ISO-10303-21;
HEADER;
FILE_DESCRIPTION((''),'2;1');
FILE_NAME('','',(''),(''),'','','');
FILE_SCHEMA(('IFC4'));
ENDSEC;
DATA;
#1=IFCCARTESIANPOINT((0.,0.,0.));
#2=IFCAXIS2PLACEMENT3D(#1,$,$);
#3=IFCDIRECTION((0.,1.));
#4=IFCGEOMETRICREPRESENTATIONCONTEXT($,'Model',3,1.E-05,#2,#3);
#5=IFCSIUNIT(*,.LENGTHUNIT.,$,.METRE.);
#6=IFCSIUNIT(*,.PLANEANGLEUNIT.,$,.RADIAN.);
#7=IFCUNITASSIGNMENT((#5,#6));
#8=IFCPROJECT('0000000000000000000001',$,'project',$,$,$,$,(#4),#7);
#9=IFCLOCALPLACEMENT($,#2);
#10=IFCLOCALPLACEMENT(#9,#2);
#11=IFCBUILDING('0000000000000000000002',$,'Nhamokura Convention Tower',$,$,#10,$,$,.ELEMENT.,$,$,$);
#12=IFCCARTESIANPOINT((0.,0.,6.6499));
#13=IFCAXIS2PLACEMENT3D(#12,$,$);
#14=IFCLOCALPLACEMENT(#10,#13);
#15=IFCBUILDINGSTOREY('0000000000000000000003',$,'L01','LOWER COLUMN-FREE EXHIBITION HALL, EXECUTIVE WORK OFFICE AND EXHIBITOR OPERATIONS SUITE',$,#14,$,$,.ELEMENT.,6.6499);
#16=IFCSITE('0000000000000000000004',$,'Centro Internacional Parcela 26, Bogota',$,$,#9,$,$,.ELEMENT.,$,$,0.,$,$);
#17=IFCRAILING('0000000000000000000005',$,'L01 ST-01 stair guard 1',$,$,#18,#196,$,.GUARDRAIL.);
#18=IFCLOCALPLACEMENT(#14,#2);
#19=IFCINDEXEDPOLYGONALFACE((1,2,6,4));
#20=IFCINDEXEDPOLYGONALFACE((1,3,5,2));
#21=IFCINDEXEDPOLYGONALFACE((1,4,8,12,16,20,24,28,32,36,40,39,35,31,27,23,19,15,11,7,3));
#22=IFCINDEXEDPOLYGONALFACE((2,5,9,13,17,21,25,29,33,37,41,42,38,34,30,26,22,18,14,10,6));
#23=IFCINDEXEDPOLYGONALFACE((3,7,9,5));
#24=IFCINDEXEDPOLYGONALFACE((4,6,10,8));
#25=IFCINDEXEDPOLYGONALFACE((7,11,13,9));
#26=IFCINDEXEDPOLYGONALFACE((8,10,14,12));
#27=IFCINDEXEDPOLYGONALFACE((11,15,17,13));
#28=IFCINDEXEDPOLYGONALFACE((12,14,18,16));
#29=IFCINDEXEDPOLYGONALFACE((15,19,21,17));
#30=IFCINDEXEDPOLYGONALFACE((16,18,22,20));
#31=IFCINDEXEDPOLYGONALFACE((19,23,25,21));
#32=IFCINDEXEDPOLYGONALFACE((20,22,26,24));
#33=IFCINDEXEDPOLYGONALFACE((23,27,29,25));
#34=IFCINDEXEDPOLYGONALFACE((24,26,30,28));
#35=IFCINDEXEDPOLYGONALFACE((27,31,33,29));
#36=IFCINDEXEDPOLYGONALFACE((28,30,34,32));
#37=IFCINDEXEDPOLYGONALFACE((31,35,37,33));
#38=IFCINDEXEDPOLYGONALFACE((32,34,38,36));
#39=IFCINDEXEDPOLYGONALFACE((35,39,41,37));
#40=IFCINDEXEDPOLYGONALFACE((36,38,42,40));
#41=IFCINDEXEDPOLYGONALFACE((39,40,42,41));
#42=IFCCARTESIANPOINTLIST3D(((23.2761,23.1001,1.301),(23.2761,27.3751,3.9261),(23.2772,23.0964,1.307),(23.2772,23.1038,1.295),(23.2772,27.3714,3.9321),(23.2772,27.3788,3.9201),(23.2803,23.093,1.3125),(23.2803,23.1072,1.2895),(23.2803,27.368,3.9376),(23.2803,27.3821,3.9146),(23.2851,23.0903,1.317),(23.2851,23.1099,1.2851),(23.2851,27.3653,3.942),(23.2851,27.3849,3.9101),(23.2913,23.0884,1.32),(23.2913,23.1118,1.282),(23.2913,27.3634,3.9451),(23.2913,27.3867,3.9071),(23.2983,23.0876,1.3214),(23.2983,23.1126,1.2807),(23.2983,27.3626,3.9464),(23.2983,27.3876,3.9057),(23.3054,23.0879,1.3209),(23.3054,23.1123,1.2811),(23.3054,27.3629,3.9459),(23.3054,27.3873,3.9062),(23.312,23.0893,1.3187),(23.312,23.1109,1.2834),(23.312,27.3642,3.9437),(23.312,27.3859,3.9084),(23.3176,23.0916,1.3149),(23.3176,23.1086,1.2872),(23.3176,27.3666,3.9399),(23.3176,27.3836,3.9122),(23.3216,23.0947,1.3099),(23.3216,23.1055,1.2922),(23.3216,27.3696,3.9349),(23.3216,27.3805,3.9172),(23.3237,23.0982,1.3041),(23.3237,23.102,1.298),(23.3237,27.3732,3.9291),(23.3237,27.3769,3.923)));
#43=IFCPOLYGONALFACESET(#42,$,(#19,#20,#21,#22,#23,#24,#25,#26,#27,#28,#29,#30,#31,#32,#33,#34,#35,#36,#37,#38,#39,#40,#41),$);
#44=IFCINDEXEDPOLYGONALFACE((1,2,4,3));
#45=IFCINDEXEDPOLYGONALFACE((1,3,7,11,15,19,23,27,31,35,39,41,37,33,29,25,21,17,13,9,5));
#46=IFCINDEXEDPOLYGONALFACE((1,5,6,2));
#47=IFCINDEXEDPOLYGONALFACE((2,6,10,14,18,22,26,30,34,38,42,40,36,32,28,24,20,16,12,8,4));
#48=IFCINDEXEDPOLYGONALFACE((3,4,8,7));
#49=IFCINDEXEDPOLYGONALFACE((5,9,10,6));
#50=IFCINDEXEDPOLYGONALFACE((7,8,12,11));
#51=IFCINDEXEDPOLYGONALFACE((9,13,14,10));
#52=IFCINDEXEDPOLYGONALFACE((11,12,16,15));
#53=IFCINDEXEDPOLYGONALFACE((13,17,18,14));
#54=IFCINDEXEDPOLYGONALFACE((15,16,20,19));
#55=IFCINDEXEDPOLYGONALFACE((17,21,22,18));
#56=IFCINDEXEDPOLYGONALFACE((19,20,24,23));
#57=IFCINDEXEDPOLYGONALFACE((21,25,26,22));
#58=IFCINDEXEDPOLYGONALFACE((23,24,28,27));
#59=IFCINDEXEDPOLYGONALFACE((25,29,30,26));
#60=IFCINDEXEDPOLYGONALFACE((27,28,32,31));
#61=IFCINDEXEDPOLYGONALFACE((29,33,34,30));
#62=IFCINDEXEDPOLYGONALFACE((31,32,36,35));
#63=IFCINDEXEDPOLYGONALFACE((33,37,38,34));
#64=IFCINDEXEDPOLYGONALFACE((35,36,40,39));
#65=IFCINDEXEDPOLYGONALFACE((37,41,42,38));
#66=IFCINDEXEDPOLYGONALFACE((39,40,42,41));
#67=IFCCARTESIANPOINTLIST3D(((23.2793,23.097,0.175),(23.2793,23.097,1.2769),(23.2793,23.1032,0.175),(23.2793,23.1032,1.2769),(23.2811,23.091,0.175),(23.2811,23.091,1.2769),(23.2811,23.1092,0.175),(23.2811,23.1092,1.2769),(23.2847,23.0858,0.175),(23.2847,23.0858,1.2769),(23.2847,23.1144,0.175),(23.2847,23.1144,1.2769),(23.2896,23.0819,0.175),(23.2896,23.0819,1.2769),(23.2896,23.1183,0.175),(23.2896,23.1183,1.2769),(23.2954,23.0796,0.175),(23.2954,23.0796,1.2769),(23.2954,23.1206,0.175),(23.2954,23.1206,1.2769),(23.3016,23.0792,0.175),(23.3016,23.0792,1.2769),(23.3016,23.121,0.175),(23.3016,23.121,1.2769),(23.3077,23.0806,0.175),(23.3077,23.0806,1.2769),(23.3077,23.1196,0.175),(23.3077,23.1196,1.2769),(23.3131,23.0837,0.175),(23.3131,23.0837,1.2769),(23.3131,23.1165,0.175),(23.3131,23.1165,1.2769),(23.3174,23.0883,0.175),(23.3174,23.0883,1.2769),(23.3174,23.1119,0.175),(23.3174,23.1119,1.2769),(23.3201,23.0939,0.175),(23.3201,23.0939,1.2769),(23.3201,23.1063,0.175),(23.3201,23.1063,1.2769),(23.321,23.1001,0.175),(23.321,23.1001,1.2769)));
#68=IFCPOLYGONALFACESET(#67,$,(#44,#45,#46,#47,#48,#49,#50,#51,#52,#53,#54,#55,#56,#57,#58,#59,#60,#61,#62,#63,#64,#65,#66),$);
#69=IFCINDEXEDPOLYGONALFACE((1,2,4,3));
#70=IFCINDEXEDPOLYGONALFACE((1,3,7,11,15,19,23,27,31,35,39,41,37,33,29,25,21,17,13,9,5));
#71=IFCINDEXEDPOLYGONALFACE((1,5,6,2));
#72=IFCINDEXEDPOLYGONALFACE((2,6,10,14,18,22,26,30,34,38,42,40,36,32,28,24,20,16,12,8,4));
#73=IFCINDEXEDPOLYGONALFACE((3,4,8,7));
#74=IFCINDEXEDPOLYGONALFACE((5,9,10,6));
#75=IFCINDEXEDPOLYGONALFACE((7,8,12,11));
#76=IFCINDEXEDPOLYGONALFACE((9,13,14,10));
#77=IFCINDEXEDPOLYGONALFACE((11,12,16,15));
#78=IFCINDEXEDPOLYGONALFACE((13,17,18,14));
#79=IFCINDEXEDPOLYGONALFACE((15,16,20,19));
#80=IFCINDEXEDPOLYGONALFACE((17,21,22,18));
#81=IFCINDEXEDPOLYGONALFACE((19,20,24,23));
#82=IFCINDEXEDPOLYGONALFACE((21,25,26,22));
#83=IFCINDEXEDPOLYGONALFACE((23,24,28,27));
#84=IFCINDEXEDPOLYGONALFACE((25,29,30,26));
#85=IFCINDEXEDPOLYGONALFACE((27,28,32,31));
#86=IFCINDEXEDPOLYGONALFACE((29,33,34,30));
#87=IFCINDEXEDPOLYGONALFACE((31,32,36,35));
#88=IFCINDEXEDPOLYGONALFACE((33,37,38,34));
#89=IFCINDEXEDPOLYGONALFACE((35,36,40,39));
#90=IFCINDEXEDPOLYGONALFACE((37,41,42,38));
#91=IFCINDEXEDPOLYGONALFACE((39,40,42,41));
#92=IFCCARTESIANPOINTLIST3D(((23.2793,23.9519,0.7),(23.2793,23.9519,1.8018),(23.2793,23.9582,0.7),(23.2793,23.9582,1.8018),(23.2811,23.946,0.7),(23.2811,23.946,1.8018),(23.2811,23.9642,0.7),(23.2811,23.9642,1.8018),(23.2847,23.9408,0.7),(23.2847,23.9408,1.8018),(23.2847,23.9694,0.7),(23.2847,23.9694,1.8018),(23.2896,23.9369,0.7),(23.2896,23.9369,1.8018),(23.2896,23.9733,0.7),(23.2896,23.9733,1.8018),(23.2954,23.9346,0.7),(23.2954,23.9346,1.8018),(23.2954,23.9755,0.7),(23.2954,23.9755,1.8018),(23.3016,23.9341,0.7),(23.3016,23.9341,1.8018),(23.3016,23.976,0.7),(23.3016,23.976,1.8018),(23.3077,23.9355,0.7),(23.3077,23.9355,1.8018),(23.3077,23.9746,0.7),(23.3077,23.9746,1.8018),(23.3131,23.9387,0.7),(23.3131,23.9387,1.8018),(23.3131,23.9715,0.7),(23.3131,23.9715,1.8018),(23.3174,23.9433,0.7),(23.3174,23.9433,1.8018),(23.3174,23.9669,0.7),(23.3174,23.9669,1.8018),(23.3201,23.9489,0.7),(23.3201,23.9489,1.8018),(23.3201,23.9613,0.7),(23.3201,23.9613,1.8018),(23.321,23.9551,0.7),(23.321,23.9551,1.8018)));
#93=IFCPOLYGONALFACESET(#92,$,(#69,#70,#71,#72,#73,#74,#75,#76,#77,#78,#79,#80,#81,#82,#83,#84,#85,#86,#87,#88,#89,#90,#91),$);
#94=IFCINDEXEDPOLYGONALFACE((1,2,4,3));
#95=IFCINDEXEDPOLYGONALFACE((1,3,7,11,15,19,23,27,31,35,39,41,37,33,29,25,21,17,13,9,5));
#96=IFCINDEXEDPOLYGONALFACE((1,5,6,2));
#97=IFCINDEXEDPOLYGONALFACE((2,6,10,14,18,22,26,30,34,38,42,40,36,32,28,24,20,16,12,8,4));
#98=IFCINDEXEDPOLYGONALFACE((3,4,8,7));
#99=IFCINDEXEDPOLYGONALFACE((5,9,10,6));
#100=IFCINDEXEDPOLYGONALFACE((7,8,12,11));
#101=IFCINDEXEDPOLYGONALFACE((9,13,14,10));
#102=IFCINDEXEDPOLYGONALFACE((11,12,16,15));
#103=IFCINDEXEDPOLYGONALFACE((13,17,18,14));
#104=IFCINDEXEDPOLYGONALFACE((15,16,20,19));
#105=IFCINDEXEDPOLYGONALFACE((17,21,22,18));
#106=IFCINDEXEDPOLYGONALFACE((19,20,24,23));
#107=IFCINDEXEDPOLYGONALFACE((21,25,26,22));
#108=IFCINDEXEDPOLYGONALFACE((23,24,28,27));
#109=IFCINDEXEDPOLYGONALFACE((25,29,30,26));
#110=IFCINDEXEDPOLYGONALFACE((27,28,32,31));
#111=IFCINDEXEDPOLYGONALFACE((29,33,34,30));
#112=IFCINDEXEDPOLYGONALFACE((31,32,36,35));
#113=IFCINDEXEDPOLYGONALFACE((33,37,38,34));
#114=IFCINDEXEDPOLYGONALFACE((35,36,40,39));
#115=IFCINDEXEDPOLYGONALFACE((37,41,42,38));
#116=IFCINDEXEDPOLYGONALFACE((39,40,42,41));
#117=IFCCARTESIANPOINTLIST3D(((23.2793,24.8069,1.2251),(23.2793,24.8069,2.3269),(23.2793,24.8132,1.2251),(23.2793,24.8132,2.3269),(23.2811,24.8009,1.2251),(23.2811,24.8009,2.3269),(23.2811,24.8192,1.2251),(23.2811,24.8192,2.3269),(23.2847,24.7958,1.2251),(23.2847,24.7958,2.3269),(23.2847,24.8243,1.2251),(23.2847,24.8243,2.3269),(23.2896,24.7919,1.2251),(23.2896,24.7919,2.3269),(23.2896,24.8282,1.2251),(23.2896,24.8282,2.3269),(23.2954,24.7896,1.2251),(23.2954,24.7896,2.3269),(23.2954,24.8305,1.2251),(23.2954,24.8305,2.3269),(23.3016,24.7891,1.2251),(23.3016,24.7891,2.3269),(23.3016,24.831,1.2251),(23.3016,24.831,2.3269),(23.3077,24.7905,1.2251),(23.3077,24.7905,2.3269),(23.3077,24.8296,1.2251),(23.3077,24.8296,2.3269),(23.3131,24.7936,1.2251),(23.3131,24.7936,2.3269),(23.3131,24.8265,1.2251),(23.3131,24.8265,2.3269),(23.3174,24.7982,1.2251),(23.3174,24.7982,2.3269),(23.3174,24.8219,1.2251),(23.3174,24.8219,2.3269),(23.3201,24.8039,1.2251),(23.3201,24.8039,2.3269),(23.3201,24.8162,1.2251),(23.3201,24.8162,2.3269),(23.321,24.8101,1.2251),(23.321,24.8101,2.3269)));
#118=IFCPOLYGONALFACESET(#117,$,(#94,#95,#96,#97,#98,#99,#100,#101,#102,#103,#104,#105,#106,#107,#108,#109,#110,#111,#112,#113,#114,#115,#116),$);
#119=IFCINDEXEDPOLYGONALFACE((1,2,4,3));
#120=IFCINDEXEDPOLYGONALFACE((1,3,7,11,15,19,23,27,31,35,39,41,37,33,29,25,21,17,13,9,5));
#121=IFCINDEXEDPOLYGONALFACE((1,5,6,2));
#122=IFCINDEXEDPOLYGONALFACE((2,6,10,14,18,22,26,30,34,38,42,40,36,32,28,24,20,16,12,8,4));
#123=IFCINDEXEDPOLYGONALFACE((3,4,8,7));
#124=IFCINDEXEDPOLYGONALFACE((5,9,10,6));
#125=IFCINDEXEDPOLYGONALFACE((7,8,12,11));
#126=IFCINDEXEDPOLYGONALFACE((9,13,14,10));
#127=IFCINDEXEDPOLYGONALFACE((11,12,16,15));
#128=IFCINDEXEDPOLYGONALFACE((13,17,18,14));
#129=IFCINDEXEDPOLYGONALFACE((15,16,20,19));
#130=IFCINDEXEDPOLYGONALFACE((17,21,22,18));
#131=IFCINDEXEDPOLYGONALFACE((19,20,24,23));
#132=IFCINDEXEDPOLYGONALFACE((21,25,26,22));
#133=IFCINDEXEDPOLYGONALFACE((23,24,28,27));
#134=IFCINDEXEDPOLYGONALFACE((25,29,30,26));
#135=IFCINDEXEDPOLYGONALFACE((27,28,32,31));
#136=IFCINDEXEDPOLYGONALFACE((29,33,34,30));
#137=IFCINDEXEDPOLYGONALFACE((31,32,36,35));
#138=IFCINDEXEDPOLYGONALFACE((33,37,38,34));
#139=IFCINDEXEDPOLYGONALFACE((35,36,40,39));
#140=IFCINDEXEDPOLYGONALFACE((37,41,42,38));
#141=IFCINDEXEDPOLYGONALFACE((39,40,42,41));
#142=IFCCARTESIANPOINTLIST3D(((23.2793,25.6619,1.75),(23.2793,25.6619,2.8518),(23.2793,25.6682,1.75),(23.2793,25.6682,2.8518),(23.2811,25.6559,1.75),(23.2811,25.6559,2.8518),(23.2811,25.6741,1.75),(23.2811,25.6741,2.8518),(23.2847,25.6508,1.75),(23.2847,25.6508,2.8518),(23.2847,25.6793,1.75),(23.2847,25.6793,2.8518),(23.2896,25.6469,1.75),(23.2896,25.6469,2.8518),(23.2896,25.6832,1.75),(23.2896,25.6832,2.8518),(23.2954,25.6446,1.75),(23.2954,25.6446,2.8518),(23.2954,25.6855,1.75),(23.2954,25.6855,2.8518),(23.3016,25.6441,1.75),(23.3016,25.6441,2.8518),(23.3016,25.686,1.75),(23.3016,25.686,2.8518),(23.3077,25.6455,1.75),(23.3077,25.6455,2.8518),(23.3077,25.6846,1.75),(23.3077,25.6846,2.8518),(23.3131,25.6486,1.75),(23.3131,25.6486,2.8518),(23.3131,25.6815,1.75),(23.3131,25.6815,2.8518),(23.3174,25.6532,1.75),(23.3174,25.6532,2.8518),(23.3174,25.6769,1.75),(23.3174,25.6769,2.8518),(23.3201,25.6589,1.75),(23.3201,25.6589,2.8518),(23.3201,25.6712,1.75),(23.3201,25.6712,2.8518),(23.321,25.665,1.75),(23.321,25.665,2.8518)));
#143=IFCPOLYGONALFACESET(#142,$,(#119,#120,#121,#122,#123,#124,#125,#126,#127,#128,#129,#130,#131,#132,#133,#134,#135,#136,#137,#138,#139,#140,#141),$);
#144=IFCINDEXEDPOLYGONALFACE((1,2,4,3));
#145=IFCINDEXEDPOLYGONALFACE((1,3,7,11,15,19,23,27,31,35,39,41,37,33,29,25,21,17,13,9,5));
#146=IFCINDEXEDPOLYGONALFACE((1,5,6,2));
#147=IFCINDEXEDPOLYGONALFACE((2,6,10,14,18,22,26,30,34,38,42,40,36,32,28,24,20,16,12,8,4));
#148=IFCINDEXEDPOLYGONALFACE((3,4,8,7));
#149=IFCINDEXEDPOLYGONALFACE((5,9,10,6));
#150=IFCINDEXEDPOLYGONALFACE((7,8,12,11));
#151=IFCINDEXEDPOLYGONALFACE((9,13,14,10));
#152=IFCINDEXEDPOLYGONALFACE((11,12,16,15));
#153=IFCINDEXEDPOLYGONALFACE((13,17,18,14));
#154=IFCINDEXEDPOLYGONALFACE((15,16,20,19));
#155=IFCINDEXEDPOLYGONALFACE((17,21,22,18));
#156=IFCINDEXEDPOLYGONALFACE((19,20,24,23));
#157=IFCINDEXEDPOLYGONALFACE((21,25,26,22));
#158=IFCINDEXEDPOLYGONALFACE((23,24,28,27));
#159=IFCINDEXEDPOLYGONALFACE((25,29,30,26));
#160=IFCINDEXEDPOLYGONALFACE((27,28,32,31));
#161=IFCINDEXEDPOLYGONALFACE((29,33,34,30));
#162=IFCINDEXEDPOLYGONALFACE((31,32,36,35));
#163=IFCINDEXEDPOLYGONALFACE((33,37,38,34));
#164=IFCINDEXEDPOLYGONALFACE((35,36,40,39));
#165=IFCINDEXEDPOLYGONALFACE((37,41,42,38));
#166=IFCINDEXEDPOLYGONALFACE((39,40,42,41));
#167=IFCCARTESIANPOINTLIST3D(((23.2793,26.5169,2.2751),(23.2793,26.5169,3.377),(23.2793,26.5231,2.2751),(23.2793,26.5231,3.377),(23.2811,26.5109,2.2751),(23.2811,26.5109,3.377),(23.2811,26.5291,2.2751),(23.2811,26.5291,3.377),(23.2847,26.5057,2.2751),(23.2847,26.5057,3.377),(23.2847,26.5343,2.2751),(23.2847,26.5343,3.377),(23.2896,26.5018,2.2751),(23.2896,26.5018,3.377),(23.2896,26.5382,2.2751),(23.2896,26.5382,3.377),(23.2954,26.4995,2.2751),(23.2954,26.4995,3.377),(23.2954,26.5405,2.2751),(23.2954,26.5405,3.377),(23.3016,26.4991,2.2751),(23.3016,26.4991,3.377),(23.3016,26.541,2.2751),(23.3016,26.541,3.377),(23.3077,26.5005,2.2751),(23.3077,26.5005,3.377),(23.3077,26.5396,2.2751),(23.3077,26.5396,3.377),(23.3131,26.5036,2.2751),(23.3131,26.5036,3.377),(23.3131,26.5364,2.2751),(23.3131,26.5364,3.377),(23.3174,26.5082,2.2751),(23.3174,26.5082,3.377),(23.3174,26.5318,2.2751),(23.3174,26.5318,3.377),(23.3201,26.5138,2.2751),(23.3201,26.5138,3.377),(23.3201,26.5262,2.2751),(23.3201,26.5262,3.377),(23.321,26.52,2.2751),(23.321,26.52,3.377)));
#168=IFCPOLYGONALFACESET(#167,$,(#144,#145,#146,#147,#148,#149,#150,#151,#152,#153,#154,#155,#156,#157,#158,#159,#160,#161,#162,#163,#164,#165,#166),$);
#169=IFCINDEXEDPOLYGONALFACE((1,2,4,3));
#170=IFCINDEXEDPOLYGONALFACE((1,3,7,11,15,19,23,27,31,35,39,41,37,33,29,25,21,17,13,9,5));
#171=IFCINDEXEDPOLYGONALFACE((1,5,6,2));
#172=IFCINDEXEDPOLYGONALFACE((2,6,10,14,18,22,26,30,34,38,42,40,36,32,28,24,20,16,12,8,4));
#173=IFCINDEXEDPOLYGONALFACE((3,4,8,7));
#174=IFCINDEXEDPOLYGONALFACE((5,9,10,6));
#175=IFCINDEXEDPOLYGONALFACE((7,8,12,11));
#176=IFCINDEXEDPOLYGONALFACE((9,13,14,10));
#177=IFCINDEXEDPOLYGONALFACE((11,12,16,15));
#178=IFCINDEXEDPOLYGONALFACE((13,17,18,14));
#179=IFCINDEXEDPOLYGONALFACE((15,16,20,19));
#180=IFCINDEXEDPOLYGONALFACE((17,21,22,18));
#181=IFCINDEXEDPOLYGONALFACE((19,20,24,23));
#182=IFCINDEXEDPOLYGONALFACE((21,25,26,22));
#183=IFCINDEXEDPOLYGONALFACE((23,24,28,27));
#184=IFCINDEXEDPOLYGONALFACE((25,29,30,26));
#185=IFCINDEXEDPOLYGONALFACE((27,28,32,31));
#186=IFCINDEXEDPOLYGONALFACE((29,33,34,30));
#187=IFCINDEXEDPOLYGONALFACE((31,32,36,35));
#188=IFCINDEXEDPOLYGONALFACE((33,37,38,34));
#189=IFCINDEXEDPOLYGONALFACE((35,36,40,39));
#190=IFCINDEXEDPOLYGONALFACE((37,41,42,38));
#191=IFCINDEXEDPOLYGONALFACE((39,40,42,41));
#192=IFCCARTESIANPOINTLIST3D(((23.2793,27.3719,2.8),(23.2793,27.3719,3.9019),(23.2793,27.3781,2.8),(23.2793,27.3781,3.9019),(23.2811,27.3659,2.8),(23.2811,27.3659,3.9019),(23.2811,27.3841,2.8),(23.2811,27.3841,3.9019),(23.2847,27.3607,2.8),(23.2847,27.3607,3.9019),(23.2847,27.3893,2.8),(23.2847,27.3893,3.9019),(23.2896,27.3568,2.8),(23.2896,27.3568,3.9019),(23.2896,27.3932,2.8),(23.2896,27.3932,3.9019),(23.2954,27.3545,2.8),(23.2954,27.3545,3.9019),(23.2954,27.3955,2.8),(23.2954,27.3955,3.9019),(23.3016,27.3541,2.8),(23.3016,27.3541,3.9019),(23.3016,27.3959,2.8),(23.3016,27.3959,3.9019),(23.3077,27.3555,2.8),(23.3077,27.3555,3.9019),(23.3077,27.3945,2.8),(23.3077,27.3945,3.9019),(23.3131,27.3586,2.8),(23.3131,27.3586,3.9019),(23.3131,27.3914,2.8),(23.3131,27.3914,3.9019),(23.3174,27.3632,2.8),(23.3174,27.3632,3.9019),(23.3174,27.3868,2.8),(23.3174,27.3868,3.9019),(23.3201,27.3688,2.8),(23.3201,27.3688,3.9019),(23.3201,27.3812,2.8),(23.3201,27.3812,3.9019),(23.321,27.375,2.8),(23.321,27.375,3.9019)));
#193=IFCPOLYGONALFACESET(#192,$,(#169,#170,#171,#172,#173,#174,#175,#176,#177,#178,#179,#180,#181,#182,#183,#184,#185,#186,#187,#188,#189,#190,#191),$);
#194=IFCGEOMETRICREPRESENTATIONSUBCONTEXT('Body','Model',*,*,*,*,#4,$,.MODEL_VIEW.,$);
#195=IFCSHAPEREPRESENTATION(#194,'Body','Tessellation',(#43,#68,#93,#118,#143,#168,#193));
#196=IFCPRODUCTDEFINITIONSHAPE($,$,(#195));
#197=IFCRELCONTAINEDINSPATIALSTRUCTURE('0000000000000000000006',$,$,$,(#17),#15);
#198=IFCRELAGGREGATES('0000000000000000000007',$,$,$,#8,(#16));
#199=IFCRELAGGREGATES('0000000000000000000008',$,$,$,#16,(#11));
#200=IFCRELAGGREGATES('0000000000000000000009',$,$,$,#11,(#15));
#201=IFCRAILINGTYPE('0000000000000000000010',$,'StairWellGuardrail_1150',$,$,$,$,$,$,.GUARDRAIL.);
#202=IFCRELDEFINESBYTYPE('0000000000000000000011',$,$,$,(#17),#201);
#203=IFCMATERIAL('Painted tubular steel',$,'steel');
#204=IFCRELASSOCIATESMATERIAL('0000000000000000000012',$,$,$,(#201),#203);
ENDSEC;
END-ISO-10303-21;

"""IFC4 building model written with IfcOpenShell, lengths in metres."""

from ifc_helpers import new_model, si_unit, direction, frame, origin, origin_2d, place, context, subcontext, project, spatial, circle, extrude, material, type_object, element, save


model = new_model("IFC4")

# Units and contexts
model_context = context("Model", 3, precision=1e-05, world=origin(), true_north=direction((0.0, 1.0)))
body_context = subcontext(model_context, "Body", "Model", "MODEL_VIEW")
ifc_project = project(units=[si_unit("LENGTHUNIT", "METRE"), si_unit("PLANEANGLEUNIT", "RADIAN")], contexts=[model_context])

# Site, building, storey
site_placement = place(None, origin())
site = spatial("IfcSite", under=ifc_project, at=site_placement, Name="Centro Internacional Parcela 26, Bogota", CompositionType="ELEMENT", RefElevation=0.0)
building_placement = place(site_placement, origin())
building = spatial("IfcBuilding", under=site, at=building_placement, Name="Nhamokura Convention Tower", CompositionType="ELEMENT")
storey_placement = place(building_placement, frame((0.0, 0.0, 6.6499)))
storey = spatial("IfcBuildingStorey", under=building, at=storey_placement, Name="L01", Description="LOWER COLUMN-FREE EXHIBITION HALL, EXECUTIVE WORK OFFICE AND EXHIBITOR OPERATIONS SUITE", CompositionType="ELEMENT", Elevation=6.6499)

# Railing
ifc_material_1 = material(Name="Painted tubular steel", Category="steel")
railing_type_1 = type_object("IfcRailingType", Name="StairWellGuardrail_1150", PredefinedType="GUARDRAIL", material=ifc_material_1)
railing_1_placement = place(storey_placement, frame((23.3, 23.1001, 0.175)))
element("IfcRailing", 1, at=railing_1_placement, inside=storey, type_object=railing_type_1, Name="L01 ST-01 stair guard 1", PredefinedType="GUARDRAIL", context=body_context, shape_type="SweptSolid", body=[
    extrude(circle(Radius=0.0239, at=origin_2d()), frame((0.0, 0.0, 1.126), z_axis=(0.0, 0.852166, 0.523272), x_axis=(-1.0, 0.0, 0.0)), (0.0, 0.0, 1.0), 5.0166),
    extrude(circle(Radius=0.021, at=origin_2d()), origin(), (0.0, 0.0, 1.0), 1.1018),
    extrude(circle(Radius=0.021, at=origin_2d()), frame((0.0, 0.855, 0.5249)), (0.0, 0.0, 1.0), 1.1018),
    extrude(circle(Radius=0.021, at=origin_2d()), frame((0.0, 1.71, 1.05)), (0.0, 0.0, 1.0), 1.1018),
    extrude(circle(Radius=0.021, at=origin_2d()), frame((0.0, 2.5649, 1.575)), (0.0, 0.0, 1.0), 1.1018),
    extrude(circle(Radius=0.021, at=origin_2d()), frame((0.0, 3.4199, 2.1001)), (0.0, 0.0, 1.0), 1.1018),
    extrude(circle(Radius=0.021, at=origin_2d()), frame((0.0, 4.2749, 2.625)), (0.0, 0.0, 1.0), 1.1018),
])

save(model, "model.ifc")
